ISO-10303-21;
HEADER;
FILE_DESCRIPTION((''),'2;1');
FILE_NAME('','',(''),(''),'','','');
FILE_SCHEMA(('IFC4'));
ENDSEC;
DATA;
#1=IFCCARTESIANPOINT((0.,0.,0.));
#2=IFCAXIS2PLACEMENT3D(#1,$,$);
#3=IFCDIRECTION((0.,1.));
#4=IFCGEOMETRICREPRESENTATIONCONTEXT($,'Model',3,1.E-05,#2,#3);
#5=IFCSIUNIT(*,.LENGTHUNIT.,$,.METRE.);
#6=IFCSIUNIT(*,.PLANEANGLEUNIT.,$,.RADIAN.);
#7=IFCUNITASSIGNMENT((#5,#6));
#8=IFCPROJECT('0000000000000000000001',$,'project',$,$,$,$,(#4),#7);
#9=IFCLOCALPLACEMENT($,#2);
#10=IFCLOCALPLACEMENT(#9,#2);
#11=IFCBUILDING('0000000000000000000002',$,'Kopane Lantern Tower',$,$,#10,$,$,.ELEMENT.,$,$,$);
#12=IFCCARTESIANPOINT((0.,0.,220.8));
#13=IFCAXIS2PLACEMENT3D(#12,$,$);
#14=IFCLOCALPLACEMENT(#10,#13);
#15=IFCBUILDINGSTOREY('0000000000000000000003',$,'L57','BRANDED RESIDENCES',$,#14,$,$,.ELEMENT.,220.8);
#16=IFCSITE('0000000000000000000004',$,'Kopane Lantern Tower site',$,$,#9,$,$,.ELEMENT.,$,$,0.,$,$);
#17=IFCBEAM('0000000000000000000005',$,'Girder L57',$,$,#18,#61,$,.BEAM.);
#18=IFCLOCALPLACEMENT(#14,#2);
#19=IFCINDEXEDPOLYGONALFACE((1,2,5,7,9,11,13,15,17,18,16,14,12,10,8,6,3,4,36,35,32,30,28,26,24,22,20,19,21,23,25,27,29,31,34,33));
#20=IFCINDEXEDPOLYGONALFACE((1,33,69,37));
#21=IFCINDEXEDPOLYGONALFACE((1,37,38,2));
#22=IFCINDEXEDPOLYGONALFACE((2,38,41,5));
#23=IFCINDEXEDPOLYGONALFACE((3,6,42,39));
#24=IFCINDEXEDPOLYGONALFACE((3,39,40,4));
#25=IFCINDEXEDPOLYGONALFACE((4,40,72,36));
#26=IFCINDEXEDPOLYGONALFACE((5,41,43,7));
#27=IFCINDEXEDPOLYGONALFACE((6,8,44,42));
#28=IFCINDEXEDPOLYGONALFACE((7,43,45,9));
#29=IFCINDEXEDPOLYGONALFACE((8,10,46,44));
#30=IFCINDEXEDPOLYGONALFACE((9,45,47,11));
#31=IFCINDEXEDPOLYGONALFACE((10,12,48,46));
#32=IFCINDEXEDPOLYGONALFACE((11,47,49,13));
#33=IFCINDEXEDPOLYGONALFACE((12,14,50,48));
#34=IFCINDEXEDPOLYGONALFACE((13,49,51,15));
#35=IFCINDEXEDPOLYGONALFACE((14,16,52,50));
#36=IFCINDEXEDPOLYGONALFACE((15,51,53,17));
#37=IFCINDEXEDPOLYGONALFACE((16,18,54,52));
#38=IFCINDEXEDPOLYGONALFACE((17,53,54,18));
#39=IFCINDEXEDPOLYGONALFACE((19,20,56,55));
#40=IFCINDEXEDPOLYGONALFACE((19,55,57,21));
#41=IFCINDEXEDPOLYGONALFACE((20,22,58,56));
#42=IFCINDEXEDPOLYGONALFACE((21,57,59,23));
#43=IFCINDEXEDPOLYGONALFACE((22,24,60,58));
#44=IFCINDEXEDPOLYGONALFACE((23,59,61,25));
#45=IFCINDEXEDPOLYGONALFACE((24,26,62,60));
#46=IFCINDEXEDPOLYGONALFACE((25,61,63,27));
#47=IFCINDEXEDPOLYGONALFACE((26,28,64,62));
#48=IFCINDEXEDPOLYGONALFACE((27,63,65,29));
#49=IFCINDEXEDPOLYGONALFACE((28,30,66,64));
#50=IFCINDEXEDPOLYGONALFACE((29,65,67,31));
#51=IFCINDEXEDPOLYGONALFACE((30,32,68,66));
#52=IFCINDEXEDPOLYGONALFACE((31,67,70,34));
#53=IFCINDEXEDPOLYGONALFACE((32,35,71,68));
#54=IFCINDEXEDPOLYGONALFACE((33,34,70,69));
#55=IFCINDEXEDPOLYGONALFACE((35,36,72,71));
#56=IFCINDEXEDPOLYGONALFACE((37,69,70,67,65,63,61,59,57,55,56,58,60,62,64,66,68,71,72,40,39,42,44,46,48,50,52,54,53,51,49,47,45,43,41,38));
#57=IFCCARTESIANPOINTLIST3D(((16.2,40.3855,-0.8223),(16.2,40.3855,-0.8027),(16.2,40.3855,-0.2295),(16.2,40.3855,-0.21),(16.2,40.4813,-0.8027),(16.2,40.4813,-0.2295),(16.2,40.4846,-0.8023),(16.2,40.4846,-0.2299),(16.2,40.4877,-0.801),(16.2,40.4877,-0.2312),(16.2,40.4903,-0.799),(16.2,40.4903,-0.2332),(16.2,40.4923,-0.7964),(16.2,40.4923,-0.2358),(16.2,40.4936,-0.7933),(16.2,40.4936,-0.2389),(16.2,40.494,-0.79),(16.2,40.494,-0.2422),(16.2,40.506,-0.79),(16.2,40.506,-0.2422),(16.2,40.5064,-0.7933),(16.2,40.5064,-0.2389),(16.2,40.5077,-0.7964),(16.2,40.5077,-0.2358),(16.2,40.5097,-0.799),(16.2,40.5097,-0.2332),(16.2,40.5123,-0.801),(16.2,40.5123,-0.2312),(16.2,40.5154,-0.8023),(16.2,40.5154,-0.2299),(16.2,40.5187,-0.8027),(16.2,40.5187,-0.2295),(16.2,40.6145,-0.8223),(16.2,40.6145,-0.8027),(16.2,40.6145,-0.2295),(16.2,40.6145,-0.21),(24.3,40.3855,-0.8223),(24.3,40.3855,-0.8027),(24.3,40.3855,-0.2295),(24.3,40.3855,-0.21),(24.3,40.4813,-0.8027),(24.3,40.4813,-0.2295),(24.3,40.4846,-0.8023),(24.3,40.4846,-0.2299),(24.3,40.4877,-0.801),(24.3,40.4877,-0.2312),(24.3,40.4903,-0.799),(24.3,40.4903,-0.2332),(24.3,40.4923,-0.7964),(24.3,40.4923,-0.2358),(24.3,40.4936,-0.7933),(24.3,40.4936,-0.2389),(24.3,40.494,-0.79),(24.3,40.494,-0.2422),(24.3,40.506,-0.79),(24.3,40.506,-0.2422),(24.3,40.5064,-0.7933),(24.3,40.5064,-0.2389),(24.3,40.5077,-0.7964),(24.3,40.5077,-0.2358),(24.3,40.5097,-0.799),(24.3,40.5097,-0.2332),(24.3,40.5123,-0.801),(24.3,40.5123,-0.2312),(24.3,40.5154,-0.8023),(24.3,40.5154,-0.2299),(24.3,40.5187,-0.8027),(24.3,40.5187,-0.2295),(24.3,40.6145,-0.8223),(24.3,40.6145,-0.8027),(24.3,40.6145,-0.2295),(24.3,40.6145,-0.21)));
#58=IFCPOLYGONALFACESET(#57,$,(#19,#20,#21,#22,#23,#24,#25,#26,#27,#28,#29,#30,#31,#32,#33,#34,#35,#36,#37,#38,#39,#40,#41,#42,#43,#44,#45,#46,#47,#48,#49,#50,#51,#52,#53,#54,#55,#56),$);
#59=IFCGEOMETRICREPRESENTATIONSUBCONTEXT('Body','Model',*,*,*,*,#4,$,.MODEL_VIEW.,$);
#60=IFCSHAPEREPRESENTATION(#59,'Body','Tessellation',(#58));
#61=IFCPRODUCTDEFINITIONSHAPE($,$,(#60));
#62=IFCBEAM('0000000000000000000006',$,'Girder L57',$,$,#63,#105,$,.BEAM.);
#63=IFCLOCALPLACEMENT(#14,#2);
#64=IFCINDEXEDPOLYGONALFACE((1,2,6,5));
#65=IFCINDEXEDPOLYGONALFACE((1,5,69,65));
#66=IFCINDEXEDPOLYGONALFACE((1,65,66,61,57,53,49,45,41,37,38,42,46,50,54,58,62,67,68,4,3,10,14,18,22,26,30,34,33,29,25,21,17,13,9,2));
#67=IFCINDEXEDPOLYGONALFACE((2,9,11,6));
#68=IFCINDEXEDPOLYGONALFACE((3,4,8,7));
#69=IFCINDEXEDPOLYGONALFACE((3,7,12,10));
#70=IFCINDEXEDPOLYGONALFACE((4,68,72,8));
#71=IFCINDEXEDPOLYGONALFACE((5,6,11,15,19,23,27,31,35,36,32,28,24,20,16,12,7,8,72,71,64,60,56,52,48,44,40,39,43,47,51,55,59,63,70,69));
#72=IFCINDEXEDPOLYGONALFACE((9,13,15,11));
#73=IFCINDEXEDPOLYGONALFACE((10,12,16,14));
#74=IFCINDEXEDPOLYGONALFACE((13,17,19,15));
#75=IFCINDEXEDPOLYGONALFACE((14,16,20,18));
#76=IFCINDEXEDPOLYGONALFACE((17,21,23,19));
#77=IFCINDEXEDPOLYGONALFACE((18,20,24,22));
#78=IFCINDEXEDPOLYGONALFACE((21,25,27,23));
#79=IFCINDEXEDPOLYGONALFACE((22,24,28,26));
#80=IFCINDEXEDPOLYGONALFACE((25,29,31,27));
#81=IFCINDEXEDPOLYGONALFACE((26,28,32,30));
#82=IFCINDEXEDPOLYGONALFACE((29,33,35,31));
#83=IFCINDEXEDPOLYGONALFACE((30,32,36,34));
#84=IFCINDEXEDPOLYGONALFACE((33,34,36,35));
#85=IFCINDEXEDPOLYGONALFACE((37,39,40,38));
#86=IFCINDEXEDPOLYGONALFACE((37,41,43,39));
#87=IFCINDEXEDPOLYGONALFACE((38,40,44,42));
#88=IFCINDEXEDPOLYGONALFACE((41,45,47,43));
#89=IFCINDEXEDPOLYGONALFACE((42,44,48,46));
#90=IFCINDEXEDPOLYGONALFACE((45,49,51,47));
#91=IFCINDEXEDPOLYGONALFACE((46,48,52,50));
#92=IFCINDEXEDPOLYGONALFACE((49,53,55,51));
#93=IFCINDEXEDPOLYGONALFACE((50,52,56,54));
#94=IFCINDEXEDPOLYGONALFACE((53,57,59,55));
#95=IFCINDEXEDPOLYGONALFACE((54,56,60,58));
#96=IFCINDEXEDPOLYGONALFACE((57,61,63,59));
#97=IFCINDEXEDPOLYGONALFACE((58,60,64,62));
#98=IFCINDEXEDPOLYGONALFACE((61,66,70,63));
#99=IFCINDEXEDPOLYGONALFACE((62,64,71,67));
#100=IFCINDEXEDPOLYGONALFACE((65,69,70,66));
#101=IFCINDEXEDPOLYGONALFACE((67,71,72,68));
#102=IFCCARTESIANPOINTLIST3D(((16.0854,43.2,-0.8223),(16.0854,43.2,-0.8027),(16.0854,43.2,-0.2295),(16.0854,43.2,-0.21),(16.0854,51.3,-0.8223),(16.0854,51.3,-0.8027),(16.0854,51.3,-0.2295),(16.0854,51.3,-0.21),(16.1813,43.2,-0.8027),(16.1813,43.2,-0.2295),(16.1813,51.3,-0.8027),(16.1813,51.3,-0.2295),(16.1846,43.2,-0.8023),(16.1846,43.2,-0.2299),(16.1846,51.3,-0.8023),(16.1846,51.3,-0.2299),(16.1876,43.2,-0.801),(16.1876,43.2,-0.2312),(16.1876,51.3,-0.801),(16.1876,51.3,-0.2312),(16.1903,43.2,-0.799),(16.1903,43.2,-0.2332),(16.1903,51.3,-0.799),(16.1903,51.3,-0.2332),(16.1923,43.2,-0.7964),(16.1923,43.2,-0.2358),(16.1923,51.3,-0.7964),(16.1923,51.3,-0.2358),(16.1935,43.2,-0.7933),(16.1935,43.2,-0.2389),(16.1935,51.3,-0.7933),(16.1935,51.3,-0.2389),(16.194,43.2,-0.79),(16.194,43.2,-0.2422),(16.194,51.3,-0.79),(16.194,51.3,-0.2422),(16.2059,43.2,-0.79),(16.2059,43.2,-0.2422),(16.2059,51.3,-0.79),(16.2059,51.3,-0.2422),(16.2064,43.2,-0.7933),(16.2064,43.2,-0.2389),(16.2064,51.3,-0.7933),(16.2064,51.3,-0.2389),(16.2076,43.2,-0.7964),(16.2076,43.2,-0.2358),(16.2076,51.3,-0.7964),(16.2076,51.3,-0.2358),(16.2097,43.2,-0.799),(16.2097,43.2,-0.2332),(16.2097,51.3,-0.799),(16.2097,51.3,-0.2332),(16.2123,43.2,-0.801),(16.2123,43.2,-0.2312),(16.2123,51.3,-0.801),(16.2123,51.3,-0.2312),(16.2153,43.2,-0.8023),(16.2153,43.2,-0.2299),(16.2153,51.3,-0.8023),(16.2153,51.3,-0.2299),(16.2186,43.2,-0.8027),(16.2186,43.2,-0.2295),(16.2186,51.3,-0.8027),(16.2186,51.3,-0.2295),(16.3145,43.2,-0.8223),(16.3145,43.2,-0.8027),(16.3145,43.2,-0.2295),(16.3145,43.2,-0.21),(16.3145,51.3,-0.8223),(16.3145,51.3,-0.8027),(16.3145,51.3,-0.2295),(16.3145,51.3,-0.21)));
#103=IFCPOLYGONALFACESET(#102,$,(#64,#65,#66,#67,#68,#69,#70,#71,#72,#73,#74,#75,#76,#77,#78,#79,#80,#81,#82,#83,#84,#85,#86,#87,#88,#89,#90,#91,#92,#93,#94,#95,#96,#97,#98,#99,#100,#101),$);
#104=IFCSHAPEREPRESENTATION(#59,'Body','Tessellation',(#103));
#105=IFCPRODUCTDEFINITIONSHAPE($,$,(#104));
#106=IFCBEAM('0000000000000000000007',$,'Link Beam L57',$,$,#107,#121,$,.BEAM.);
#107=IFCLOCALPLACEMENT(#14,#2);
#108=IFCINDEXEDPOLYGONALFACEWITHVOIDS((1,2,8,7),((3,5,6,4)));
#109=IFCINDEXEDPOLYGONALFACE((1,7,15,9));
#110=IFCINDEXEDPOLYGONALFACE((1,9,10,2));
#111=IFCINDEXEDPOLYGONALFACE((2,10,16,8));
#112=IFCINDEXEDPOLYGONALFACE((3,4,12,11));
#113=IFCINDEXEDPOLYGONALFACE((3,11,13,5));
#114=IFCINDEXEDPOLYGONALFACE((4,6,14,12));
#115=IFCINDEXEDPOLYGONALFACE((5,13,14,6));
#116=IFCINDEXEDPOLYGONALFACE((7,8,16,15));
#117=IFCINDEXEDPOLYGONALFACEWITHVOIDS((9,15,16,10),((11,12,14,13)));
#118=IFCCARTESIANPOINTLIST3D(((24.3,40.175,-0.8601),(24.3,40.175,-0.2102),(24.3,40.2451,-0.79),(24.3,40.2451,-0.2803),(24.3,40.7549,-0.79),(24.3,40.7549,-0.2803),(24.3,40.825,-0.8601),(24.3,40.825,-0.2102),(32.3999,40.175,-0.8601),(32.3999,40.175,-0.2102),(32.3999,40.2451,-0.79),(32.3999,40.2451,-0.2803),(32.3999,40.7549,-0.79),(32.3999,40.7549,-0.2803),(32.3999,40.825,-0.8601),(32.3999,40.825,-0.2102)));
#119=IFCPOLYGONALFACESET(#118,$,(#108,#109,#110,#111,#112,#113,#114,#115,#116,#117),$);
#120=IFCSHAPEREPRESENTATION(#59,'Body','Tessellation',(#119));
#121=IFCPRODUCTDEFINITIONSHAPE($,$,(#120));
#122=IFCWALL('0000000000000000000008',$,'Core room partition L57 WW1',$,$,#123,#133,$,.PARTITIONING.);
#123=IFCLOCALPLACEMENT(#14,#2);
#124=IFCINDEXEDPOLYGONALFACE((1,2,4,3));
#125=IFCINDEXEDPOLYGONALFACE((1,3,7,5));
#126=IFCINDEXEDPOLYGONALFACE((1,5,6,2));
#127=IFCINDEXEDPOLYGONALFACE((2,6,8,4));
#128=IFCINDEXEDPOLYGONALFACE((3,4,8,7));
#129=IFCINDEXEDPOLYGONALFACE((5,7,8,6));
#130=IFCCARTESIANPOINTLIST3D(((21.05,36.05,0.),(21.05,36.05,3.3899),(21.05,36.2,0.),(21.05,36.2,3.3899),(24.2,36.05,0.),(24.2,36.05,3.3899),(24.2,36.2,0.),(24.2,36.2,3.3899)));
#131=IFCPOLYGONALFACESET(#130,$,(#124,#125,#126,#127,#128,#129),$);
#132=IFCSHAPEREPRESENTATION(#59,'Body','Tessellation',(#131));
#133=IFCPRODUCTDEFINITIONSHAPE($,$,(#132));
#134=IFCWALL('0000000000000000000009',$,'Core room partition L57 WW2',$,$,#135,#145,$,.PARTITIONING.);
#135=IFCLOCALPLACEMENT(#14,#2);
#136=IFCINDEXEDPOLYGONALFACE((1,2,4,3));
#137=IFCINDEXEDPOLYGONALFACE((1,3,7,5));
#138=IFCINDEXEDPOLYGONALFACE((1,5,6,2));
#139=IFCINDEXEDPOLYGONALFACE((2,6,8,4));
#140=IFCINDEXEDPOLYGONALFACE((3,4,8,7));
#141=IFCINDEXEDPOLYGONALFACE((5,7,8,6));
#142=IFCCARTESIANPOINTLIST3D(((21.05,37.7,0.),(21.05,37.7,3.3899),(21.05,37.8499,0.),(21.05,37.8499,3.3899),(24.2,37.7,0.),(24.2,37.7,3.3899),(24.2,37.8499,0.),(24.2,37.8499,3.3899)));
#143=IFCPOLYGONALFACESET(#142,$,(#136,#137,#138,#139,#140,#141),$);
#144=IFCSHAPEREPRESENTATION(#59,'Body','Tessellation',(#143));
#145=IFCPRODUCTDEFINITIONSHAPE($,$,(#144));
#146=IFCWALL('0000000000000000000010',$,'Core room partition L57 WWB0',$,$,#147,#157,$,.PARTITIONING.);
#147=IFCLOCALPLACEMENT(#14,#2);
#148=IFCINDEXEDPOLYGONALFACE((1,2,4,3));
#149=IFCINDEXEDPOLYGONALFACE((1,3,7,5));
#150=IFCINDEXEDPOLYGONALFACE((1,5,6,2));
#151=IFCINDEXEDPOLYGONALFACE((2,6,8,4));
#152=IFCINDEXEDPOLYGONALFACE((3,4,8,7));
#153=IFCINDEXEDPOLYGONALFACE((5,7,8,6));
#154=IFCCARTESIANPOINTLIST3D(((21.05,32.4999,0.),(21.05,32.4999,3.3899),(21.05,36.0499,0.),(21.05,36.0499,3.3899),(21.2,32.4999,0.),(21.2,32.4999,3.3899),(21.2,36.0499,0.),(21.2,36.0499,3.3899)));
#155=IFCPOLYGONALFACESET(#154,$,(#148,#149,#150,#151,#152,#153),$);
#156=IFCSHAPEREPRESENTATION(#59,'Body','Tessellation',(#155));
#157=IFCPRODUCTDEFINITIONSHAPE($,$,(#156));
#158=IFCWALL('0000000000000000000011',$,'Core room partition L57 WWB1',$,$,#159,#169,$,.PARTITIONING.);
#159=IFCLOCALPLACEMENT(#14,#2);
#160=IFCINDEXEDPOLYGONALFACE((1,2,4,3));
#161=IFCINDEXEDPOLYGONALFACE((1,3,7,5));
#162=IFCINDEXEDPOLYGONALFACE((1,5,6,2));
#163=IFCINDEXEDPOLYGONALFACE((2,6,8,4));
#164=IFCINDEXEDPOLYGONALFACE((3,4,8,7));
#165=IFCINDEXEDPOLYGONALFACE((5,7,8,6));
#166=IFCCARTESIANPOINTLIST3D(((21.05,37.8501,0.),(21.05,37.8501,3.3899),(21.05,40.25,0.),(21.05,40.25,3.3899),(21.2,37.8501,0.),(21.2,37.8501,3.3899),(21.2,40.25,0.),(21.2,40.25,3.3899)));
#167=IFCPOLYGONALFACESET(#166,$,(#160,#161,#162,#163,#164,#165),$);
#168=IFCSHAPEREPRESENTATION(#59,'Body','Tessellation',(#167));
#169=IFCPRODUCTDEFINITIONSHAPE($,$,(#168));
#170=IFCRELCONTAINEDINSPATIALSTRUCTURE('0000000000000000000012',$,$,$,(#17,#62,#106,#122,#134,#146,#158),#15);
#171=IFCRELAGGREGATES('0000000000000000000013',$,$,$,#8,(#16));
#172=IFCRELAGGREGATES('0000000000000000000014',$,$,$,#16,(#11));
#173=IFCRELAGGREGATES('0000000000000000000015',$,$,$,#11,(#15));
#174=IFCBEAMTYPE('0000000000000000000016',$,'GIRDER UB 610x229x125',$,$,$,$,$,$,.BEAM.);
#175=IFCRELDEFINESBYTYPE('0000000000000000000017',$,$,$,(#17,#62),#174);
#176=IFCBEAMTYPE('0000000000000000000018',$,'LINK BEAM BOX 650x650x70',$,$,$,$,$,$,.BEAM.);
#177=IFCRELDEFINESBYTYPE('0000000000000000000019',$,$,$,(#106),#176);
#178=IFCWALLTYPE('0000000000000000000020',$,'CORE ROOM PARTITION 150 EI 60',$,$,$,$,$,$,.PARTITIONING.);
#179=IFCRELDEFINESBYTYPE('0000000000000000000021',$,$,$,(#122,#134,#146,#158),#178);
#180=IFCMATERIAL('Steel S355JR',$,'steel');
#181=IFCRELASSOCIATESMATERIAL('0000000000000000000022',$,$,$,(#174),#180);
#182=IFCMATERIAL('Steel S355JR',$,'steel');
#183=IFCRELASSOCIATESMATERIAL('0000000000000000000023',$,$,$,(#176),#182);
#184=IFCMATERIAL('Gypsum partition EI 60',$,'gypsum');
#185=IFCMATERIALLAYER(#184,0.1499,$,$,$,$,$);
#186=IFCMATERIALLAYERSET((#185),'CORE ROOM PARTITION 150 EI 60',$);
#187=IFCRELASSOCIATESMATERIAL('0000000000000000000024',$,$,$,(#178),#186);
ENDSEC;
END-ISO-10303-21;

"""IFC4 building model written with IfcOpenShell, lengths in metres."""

from ifc_helpers import new_model, si_unit, direction, frame, frame_2d, origin, origin_2d, place, context, subcontext, project, spatial, rectangle, hollow_rectangle, i_section, extrude, material, layer, layer_set, material_profile, profile_set, type_object, element, save


model = new_model("IFC4")

# Units and contexts
model_context = context("Model", 3, precision=1e-05, world=origin(), true_north=direction((0.0, 1.0)))
body_context = subcontext(model_context, "Body", "Model", "MODEL_VIEW")
ifc_project = project(units=[si_unit("LENGTHUNIT", "METRE"), si_unit("PLANEANGLEUNIT", "RADIAN")], contexts=[model_context])

# Site, building, storey
site_placement = place(None, origin())
site = spatial("IfcSite", under=ifc_project, at=site_placement, Name="Kopane Lantern Tower site", CompositionType="ELEMENT", RefElevation=0.0)
building_placement = place(site_placement, origin())
building = spatial("IfcBuilding", under=site, at=building_placement, Name="Kopane Lantern Tower", CompositionType="ELEMENT")
storey_placement = place(building_placement, frame((0.0, 0.0, 220.8)))
storey = spatial("IfcBuildingStorey", under=building, at=storey_placement, Name="L57", Description="BRANDED RESIDENCES", CompositionType="ELEMENT", Elevation=220.8)

# Beams
ifc_material_1 = material(Name="Steel S355JR", Category="steel")
ifc_material_profile_1 = material_profile(ifc_material_1, i_section(OverallWidth=0.229, OverallDepth=0.6123, WebThickness=0.012, FlangeThickness=0.0195, FilletRadius=0.0127, at=origin_2d()), Name="UB 610x229x125")
ifc_profile_set_1 = profile_set([ifc_material_profile_1], Name="Steel S355JR")
beam_type_1 = type_object("IfcBeamType", Name="GIRDER UB 610x229x125", PredefinedType="BEAM", material=ifc_profile_set_1)
for number, where, z_axis, x_axis, name in (
    (1, (16.2, 40.5, -0.5161), (1.0, 0.0, 0.0), (0.0, 1.0, 0.0), "Girder L57"),
    (2, (16.2, 43.2, -0.5161), (0.0, 1.0, 0.0), (-1.0, 0.0, 0.0), "Girder L57"),
):
    element("IfcBeam", number, at=place(storey_placement, frame(where, z_axis=z_axis, x_axis=x_axis)), inside=storey, type_object=beam_type_1, Name=name, PredefinedType="BEAM", context=body_context, shape_type="SweptSolid", body=[
        extrude(i_section(OverallWidth=0.229, OverallDepth=0.6123, WebThickness=0.012, FlangeThickness=0.0195, FilletRadius=0.0127, at=origin_2d()), origin(), (0.0, 0.0, 1.0), 8.1001),
    ])
ifc_material_2 = material(Name="Steel S355JR", Category="steel")
ifc_material_profile_2 = material_profile(ifc_material_2, hollow_rectangle(XDim=0.6499, YDim=0.6499, WallThickness=0.0701, at=origin_2d()), Name="BOX 650x650x70")
ifc_profile_set_2 = profile_set([ifc_material_profile_2], Name="Steel S355JR")
beam_type_2 = type_object("IfcBeamType", Name="LINK BEAM BOX 650x650x70", PredefinedType="BEAM", material=ifc_profile_set_2)
beam_placement = place(storey_placement, frame((24.3, 40.5, -0.5352), z_axis=(1.0, 0.0, 0.0), x_axis=(0.0, 1.0, 0.0)))
element("IfcBeam", 3, at=beam_placement, inside=storey, type_object=beam_type_2, Name="Link Beam L57", PredefinedType="BEAM", context=body_context, shape_type="SweptSolid", body=[
    extrude(hollow_rectangle(XDim=0.6499, YDim=0.6499, WallThickness=0.0701, at=origin_2d()), origin(), (0.0, 0.0, 1.0), 8.0999),
])

# Walls
ifc_material_3 = material(Name="Gypsum partition EI 60", Category="gypsum")
ifc_layer_1 = layer(ifc_material_3, 0.1499)
ifc_layer_set_1 = layer_set([ifc_layer_1], Name="CORE ROOM PARTITION 150 EI 60")
wall_type_1 = type_object("IfcWallType", Name="CORE ROOM PARTITION 150 EI 60", PredefinedType="PARTITIONING", material=ifc_layer_set_1)
for number, where, z_axis, x_axis, name in (
    (4, (21.05, 36.125, 0.0), (0.0, 0.0, 1.0), (1.0, 0.0, 0.0), "Core room partition L57 WW1"),
    (5, (21.05, 37.7749, 0.0), (0.0, 0.0, 1.0), (1.0, 0.0, 0.0), "Core room partition L57 WW2"),
):
    element("IfcWall", number, at=place(storey_placement, frame(where, z_axis=z_axis, x_axis=x_axis)), inside=storey, type_object=wall_type_1, Name=name, PredefinedType="PARTITIONING", context=body_context, shape_type="SweptSolid", body=[
        extrude(rectangle(XDim=3.1499, YDim=0.1499, at=frame_2d((1.575, 0.0))), origin(), (0.0, 0.0, 1.0), 3.3899),
    ])
wall_1_placement = place(storey_placement, frame((21.125, 32.5, 0.0), z_axis=(0.0, 0.0, 1.0), x_axis=(0.0, 1.0, 0.0)))
element("IfcWall", 6, at=wall_1_placement, inside=storey, type_object=wall_type_1, Name="Core room partition L57 WWB0", PredefinedType="PARTITIONING", context=body_context, shape_type="SweptSolid", body=[
    extrude(rectangle(XDim=3.55, YDim=0.1499, at=frame_2d((1.7749, 0.0))), origin(), (0.0, 0.0, 1.0), 3.3899),
])
wall_2_placement = place(storey_placement, frame((21.125, 37.8501, 0.0), z_axis=(0.0, 0.0, 1.0), x_axis=(0.0, 1.0, 0.0)))
element("IfcWall", 7, at=wall_2_placement, inside=storey, type_object=wall_type_1, Name="Core room partition L57 WWB1", PredefinedType="PARTITIONING", context=body_context, shape_type="SweptSolid", body=[
    extrude(rectangle(XDim=2.3999, YDim=0.1499, at=frame_2d((1.2, 0.0))), origin(), (0.0, 0.0, 1.0), 3.3899),
])

save(model, "model.ifc")
